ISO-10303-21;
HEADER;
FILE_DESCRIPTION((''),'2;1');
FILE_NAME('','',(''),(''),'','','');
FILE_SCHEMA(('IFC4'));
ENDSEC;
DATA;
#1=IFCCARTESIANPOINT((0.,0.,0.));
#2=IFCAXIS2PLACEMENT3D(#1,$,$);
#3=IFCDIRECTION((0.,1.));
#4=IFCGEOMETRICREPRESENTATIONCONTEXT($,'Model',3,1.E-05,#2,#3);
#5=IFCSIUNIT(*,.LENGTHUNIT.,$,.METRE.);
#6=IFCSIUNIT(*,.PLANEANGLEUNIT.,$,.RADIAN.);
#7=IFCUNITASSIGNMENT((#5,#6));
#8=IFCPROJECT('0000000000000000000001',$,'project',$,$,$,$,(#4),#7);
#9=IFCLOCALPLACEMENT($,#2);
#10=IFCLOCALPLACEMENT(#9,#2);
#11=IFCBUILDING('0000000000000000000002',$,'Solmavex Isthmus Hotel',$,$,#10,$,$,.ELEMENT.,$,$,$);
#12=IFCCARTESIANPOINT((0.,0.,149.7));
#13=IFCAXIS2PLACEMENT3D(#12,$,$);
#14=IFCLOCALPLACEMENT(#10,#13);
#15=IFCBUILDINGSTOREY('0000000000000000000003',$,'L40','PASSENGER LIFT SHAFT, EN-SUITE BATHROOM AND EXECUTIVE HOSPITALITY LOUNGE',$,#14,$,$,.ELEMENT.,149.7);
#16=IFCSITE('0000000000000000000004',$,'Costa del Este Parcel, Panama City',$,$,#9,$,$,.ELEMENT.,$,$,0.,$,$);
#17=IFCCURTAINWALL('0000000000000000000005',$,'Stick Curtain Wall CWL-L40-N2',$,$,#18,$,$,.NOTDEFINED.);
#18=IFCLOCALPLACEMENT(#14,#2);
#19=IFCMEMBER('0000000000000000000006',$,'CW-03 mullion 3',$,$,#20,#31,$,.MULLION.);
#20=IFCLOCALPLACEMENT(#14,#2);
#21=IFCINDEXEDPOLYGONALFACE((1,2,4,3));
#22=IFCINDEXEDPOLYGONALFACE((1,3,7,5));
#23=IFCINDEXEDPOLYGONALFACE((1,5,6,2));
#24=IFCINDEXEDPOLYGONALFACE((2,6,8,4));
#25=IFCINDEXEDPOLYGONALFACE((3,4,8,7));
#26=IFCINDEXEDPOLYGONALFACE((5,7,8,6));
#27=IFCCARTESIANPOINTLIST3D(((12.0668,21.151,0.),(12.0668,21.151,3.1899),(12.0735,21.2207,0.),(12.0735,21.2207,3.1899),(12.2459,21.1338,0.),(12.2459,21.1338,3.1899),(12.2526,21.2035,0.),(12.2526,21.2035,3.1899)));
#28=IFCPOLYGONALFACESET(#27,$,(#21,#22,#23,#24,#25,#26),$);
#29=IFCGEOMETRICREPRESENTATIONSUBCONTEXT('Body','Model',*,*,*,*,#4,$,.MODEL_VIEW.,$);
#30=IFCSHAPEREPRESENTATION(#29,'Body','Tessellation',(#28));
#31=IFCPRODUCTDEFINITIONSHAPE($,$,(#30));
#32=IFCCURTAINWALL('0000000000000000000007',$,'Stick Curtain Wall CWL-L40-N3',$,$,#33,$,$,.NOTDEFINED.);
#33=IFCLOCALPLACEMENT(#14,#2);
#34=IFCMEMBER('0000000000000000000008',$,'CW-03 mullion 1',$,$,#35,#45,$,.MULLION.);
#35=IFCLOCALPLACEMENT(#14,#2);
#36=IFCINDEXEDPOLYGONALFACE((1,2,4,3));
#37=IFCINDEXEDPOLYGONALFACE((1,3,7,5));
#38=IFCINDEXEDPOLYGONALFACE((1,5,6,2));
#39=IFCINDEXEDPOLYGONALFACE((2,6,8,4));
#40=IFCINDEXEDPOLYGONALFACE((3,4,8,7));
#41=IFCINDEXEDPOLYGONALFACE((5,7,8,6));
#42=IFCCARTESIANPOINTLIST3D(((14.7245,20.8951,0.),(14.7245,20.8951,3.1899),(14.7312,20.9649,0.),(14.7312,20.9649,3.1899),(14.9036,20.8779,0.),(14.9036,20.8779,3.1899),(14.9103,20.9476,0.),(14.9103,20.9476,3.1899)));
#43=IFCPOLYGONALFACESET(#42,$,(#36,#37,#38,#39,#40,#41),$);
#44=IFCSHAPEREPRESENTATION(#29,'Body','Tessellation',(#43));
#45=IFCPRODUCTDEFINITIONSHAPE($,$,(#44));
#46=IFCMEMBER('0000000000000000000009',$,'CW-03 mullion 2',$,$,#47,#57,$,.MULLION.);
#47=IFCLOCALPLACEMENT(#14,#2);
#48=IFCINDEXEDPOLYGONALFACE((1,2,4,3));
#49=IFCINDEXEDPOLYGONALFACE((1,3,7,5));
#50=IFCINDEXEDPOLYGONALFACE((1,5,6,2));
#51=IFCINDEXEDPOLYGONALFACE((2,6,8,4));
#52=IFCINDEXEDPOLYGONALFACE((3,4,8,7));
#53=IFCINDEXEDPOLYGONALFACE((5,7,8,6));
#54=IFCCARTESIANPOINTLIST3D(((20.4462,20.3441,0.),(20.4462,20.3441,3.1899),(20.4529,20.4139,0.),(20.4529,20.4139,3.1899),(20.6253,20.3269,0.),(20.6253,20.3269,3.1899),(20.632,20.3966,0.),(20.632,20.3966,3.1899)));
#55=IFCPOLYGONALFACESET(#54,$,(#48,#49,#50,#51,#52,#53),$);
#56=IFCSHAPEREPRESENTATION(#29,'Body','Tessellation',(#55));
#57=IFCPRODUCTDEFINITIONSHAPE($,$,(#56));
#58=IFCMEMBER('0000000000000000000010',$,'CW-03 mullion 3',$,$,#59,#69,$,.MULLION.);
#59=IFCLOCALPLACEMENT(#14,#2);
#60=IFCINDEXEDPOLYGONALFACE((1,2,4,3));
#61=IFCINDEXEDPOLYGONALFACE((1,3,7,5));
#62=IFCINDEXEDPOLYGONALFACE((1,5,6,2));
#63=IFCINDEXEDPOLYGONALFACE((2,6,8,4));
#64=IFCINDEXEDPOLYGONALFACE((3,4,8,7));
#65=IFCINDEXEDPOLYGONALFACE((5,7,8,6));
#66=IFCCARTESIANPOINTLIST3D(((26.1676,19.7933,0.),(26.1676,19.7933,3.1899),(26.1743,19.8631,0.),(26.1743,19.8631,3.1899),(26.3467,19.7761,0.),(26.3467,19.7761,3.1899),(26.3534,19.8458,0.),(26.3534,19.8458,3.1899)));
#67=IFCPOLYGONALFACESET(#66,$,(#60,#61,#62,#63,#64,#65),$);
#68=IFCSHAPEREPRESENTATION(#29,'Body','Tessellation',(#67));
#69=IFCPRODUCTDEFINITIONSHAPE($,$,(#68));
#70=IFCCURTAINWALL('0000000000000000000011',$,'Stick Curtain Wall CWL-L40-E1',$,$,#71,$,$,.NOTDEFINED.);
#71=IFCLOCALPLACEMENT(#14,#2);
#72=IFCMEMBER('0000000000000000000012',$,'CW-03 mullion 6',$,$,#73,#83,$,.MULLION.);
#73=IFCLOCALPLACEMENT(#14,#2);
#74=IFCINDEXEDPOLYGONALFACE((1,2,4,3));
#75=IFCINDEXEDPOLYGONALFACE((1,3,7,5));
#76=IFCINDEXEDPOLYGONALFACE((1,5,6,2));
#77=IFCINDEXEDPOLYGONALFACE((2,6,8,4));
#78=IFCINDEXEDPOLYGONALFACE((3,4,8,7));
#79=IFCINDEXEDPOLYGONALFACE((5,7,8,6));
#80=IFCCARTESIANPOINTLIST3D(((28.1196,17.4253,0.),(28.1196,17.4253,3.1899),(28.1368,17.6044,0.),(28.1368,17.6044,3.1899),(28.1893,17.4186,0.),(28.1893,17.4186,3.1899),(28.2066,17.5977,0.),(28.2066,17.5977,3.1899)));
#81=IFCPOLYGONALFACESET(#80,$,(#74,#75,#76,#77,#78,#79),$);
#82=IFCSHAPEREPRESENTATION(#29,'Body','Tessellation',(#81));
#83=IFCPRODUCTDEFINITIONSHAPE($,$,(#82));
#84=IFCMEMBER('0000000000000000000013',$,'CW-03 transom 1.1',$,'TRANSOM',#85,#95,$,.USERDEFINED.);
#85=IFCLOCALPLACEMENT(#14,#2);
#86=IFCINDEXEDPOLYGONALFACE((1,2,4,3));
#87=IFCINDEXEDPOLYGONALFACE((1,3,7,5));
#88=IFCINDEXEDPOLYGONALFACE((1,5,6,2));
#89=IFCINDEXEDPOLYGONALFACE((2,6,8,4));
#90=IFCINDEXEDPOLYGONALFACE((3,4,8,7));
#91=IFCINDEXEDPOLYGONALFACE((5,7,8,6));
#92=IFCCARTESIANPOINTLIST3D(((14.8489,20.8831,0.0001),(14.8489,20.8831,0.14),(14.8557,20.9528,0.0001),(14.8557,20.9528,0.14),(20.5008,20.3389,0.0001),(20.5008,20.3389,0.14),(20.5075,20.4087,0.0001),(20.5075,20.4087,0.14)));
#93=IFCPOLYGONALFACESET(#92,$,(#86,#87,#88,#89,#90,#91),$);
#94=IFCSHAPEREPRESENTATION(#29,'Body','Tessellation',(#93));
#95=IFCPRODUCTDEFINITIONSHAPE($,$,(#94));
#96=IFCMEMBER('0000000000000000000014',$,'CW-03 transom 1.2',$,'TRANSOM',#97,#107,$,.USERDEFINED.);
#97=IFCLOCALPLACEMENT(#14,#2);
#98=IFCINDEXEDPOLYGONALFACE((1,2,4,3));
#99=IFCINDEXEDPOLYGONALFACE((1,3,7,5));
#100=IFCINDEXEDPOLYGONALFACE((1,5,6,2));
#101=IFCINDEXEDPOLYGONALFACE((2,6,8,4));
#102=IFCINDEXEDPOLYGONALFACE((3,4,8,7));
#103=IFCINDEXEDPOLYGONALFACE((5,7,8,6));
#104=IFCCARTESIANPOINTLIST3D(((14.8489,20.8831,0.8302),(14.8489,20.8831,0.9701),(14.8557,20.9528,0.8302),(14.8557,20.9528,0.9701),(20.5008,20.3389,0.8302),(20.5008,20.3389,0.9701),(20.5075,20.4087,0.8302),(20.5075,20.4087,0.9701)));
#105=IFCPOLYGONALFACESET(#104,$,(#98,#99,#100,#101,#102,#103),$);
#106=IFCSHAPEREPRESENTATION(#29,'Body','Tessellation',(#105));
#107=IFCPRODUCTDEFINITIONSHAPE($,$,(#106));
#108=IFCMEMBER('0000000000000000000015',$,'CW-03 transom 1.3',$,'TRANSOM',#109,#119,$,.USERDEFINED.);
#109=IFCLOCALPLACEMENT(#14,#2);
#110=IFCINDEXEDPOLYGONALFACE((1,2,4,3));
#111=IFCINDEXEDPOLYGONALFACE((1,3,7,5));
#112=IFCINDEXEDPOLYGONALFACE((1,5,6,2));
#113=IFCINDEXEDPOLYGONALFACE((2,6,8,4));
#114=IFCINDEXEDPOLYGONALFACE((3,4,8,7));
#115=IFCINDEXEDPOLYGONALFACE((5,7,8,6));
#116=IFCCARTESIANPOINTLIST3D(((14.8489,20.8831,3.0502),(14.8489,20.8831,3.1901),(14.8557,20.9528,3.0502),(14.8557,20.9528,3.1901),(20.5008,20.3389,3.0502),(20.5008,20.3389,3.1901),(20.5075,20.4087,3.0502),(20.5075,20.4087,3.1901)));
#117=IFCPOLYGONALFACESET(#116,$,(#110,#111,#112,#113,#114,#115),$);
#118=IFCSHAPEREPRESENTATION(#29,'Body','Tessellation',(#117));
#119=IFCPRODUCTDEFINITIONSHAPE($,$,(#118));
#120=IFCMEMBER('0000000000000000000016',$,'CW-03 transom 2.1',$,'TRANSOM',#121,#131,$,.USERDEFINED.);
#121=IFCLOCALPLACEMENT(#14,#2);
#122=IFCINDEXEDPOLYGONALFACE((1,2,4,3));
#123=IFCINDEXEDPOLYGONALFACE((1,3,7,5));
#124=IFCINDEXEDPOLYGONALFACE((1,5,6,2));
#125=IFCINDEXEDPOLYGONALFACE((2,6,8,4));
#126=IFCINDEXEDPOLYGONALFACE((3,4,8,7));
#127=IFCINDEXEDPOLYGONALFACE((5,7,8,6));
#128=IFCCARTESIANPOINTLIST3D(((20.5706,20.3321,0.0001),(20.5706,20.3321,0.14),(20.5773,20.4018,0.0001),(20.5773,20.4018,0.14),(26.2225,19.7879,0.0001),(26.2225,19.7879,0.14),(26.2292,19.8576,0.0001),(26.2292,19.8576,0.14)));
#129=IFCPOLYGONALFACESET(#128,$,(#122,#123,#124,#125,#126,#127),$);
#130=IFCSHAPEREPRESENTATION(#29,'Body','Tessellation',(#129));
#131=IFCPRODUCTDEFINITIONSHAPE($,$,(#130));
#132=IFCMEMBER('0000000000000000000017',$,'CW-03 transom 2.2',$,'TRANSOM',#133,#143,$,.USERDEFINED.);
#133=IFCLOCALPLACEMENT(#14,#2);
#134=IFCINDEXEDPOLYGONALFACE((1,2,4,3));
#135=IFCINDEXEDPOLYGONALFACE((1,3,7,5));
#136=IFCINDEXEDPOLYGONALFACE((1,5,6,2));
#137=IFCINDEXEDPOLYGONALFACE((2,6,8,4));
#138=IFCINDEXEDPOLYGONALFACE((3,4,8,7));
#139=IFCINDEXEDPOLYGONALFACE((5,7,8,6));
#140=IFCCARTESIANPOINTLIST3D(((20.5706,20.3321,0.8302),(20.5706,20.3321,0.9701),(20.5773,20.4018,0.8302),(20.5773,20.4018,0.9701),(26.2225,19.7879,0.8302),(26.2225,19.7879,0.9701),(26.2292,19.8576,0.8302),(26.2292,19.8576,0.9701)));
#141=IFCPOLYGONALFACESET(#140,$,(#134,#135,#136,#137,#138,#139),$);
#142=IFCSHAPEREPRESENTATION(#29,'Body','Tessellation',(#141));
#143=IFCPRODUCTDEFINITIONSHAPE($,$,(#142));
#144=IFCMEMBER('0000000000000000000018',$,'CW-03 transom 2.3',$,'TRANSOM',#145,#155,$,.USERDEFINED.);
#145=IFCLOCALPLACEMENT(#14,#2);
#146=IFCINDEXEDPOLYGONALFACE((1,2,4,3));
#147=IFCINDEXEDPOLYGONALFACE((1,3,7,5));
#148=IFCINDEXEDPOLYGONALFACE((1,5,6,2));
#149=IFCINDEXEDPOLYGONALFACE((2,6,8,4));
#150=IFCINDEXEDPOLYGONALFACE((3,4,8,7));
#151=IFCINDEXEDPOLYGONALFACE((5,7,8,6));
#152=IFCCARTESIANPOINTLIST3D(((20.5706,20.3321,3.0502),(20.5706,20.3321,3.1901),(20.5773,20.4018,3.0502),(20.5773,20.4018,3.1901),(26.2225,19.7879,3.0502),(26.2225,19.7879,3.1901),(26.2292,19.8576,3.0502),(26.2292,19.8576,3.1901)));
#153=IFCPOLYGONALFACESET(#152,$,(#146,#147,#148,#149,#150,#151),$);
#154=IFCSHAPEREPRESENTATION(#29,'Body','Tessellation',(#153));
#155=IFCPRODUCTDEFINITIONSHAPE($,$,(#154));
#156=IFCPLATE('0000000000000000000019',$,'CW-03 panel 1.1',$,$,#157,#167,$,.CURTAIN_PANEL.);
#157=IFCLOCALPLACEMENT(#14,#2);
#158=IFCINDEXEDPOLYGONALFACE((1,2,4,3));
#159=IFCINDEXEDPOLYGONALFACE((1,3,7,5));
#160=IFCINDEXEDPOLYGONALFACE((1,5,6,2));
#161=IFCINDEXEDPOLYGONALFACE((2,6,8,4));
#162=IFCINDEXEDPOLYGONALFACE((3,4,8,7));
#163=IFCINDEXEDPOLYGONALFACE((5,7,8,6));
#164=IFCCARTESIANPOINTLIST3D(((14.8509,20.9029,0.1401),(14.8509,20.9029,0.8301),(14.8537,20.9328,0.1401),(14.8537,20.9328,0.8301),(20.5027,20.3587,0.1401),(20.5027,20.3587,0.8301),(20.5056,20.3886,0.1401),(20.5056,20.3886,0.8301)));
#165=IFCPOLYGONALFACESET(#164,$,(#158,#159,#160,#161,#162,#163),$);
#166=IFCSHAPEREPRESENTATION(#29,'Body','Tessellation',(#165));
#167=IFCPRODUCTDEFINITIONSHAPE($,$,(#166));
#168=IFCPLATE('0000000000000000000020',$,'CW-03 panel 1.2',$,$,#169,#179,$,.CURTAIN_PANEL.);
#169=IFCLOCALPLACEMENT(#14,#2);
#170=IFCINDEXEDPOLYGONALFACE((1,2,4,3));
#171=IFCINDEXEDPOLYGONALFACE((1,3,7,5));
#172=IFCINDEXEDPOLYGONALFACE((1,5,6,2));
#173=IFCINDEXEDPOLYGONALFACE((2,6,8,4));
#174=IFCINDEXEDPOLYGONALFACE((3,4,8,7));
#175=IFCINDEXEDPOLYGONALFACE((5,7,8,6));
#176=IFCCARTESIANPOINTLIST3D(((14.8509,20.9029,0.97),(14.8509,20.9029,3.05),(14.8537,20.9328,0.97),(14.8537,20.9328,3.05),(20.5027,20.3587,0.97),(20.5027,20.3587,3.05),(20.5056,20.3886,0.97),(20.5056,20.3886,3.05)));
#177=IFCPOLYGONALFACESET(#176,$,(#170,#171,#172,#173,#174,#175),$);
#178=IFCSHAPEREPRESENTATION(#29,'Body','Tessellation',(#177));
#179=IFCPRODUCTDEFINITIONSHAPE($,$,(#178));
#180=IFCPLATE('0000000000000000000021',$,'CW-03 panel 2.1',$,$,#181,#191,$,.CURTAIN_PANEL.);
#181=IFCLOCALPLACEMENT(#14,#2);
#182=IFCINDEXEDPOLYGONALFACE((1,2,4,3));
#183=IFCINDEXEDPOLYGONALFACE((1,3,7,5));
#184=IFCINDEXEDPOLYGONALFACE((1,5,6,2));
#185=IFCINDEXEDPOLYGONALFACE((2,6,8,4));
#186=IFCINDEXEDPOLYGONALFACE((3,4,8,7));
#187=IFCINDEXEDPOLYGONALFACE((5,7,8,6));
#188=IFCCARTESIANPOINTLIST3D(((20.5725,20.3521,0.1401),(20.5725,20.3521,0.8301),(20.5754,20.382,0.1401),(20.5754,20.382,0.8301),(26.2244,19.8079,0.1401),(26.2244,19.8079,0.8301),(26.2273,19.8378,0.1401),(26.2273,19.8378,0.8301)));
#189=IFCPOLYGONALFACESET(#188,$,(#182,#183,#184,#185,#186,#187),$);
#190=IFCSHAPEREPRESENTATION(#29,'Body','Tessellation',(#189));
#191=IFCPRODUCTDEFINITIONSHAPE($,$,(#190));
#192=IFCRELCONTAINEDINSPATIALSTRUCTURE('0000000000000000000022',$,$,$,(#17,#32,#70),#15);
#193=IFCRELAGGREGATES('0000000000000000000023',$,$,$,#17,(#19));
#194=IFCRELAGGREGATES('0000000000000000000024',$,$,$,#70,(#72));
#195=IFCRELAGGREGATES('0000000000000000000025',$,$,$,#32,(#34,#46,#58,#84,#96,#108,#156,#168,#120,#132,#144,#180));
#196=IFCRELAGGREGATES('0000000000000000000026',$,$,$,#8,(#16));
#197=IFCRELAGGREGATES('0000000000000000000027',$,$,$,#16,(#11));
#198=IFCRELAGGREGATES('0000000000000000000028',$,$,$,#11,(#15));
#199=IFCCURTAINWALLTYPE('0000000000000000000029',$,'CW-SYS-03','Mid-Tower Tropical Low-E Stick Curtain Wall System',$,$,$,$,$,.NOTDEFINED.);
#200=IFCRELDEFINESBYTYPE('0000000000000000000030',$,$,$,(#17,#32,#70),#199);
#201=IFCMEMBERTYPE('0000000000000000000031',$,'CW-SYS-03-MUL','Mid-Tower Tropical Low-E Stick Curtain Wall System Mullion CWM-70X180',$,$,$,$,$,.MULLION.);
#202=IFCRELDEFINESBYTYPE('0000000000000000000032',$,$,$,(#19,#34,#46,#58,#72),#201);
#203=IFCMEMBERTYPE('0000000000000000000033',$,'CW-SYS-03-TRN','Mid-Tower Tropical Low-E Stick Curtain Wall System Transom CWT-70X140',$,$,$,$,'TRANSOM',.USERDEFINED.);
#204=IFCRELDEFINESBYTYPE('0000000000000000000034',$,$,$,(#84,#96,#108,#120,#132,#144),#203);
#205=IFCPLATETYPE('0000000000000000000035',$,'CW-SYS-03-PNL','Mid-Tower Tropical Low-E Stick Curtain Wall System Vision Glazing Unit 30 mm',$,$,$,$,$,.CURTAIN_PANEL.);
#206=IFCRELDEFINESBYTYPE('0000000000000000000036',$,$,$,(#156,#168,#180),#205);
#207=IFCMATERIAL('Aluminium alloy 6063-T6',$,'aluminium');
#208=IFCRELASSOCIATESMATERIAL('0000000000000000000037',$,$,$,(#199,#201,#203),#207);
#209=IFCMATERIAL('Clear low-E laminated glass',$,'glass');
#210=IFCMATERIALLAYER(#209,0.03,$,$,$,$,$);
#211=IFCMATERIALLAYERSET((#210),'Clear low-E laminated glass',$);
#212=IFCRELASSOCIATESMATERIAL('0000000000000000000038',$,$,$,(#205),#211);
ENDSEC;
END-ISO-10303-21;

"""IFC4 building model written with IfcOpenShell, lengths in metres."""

from ifc_helpers import new_model, si_unit, direction, frame, origin, origin_2d, place, context, subcontext, project, spatial, rectangle, extrude, material, layer, layer_set, material_profile, profile_set, type_object, element, aggregate, save


model = new_model("IFC4")

# Units and contexts
model_context = context("Model", 3, precision=1e-05, world=origin(), true_north=direction((0.0, 1.0)))
body_context = subcontext(model_context, "Body", "Model", "MODEL_VIEW")
ifc_project = project(units=[si_unit("LENGTHUNIT", "METRE"), si_unit("PLANEANGLEUNIT", "RADIAN")], contexts=[model_context])

# Site, building, storey
site_placement = place(None, origin())
site = spatial("IfcSite", under=ifc_project, at=site_placement, Name="Costa del Este Parcel, Panama City", CompositionType="ELEMENT", RefElevation=0.0)
building_placement = place(site_placement, origin())
building = spatial("IfcBuilding", under=site, at=building_placement, Name="Solmavex Isthmus Hotel", CompositionType="ELEMENT")
storey_placement = place(building_placement, frame((0.0, 0.0, 149.7)))
storey = spatial("IfcBuildingStorey", under=building, at=storey_placement, Name="L40", Description="PASSENGER LIFT SHAFT, EN-SUITE BATHROOM AND EXECUTIVE HOSPITALITY LOUNGE", CompositionType="ELEMENT", Elevation=149.7)

# Curtain wall, member
ifc_material_1 = material(Name="Aluminium alloy 6063-T6", Category="aluminium")
curtain_wall_type = type_object("IfcCurtainWallType", Name="CW-SYS-03", Description="Mid-Tower Tropical Low-E Stick Curtain Wall System", PredefinedType="NOTDEFINED", material=ifc_material_1)
curtain_wall_1_placement = place(storey_placement, origin())
curtain_wall_1 = element("IfcCurtainWall", 1, at=curtain_wall_1_placement, inside=storey, type_object=curtain_wall_type, Name="Stick Curtain Wall CWL-L40-N2", PredefinedType="NOTDEFINED")
ifc_material_profile_1 = material_profile(ifc_material_1, rectangle(XDim=0.0701, YDim=0.1799, at=origin_2d()), Name="CWM-70X180")
ifc_profile_set_1 = profile_set([ifc_material_profile_1], Name="Aluminium alloy 6063-T6")
member_type_1 = type_object("IfcMemberType", Name="CW-SYS-03-MUL", Description="Mid-Tower Tropical Low-E Stick Curtain Wall System Mullion CWM-70X180", PredefinedType="MULLION", material=ifc_profile_set_1)
member_1_placement = place(storey_placement, frame((12.1597, 21.1772, 0.0), z_axis=(0.0, 0.0, 1.0), x_axis=(0.095845, 0.995396, 0.0)))
member_1 = element("IfcMember", 2, at=member_1_placement, type_object=member_type_1, Name="CW-03 mullion 3", PredefinedType="MULLION", context=body_context, shape_type="SweptSolid", body=[
    extrude(rectangle(XDim=0.0701, YDim=0.1799, at=origin_2d()), origin(), (0.0, 0.0, 1.0), 3.1899),
])
aggregate(curtain_wall_1, [member_1])

# Curtain wall, members
curtain_wall_2_placement = place(storey_placement, origin())
curtain_wall_2 = element("IfcCurtainWall", 3, at=curtain_wall_2_placement, inside=storey, type_object=curtain_wall_type, Name="Stick Curtain Wall CWL-L40-N3", PredefinedType="NOTDEFINED")
member_2_placement = place(storey_placement, frame((14.8174, 20.9214, 0.0), z_axis=(0.0, 0.0, 1.0), x_axis=(0.095846, 0.995396, 0.0)))
member_2 = element("IfcMember", 4, at=member_2_placement, type_object=member_type_1, Name="CW-03 mullion 1", PredefinedType="MULLION", context=body_context, shape_type="SweptSolid", body=[
    extrude(rectangle(XDim=0.0701, YDim=0.1799, at=origin_2d()), origin(), (0.0, 0.0, 1.0), 3.1899),
])
member_3_placement = place(storey_placement, frame((20.5391, 20.3704, 0.0), z_axis=(0.0, 0.0, 1.0), x_axis=(0.095846, 0.995396, 0.0)))
member_3 = element("IfcMember", 5, at=member_3_placement, type_object=member_type_1, Name="CW-03 mullion 2", PredefinedType="MULLION", context=body_context, shape_type="SweptSolid", body=[
    extrude(rectangle(XDim=0.0701, YDim=0.1799, at=origin_2d()), origin(), (0.0, 0.0, 1.0), 3.1899),
])
member_4_placement = place(storey_placement, frame((26.2605, 19.8196, 0.0), z_axis=(0.0, 0.0, 1.0), x_axis=(0.095846, 0.995396, 0.0)))
member_4 = element("IfcMember", 6, at=member_4_placement, type_object=member_type_1, Name="CW-03 mullion 3", PredefinedType="MULLION", context=body_context, shape_type="SweptSolid", body=[
    extrude(rectangle(XDim=0.0701, YDim=0.1799, at=origin_2d()), origin(), (0.0, 0.0, 1.0), 3.1899),
])

# Curtain wall, member
curtain_wall_3_placement = place(storey_placement, origin())
curtain_wall_3 = element("IfcCurtainWall", 7, at=curtain_wall_3_placement, inside=storey, type_object=curtain_wall_type, Name="Stick Curtain Wall CWL-L40-E1", PredefinedType="NOTDEFINED")
member_5_placement = place(storey_placement, frame((28.1631, 17.5115, 0.0), z_axis=(0.0, 0.0, 1.0), x_axis=(-0.995396, 0.095846, 0.0)))
member_5 = element("IfcMember", 8, at=member_5_placement, type_object=member_type_1, Name="CW-03 mullion 6", PredefinedType="MULLION", context=body_context, shape_type="SweptSolid", body=[
    extrude(rectangle(XDim=0.0701, YDim=0.1799, at=origin_2d()), origin(), (0.0, 0.0, 1.0), 3.1899),
])
aggregate(curtain_wall_3, [member_5])

# Members
ifc_material_profile_2 = material_profile(ifc_material_1, rectangle(XDim=0.0701, YDim=0.1399, at=origin_2d()), Name="CWT-70X140")
ifc_profile_set_2 = profile_set([ifc_material_profile_2], Name="Aluminium alloy 6063-T6")
member_type_2 = type_object("IfcMemberType", Name="CW-SYS-03-TRN", Description="Mid-Tower Tropical Low-E Stick Curtain Wall System Transom CWT-70X140", ElementType="TRANSOM", PredefinedType="USERDEFINED", material=ifc_profile_set_2)
member_6_placement = place(storey_placement, frame((14.8523, 20.918, 0.0701), z_axis=(0.995397, -0.095842, 0.0), x_axis=(0.095842, 0.995397, 0.0)))
member_6 = element("IfcMember", 9, at=member_6_placement, type_object=member_type_2, Name="CW-03 transom 1.1", ObjectType="TRANSOM", PredefinedType="USERDEFINED", context=body_context, shape_type="SweptSolid", body=[
    extrude(rectangle(XDim=0.0701, YDim=0.1399, at=origin_2d()), origin(), (0.0, 0.0, 1.0), 5.678),
])
member_7_placement = place(storey_placement, frame((14.8523, 20.918, 0.9001), z_axis=(0.995397, -0.095842, 0.0), x_axis=(0.095842, 0.995397, 0.0)))
member_7 = element("IfcMember", 10, at=member_7_placement, type_object=member_type_2, Name="CW-03 transom 1.2", ObjectType="TRANSOM", PredefinedType="USERDEFINED", context=body_context, shape_type="SweptSolid", body=[
    extrude(rectangle(XDim=0.0701, YDim=0.1399, at=origin_2d()), origin(), (0.0, 0.0, 1.0), 5.678),
])
member_8_placement = place(storey_placement, frame((14.8523, 20.918, 3.1201), z_axis=(0.995397, -0.095842, 0.0), x_axis=(0.095842, 0.995397, 0.0)))
member_8 = element("IfcMember", 11, at=member_8_placement, type_object=member_type_2, Name="CW-03 transom 1.3", ObjectType="TRANSOM", PredefinedType="USERDEFINED", context=body_context, shape_type="SweptSolid", body=[
    extrude(rectangle(XDim=0.0701, YDim=0.1399, at=origin_2d()), origin(), (0.0, 0.0, 1.0), 5.678),
])
member_9_placement = place(storey_placement, frame((20.574, 20.3669, 0.0701), z_axis=(0.995397, -0.095842, 0.0), x_axis=(0.095842, 0.995397, 0.0)))
member_9 = element("IfcMember", 12, at=member_9_placement, type_object=member_type_2, Name="CW-03 transom 2.1", ObjectType="TRANSOM", PredefinedType="USERDEFINED", context=body_context, shape_type="SweptSolid", body=[
    extrude(rectangle(XDim=0.0701, YDim=0.1399, at=origin_2d()), origin(), (0.0, 0.0, 1.0), 5.678),
])
member_10_placement = place(storey_placement, frame((20.574, 20.3669, 0.9001), z_axis=(0.995397, -0.095842, 0.0), x_axis=(0.095842, 0.995397, 0.0)))
member_10 = element("IfcMember", 13, at=member_10_placement, type_object=member_type_2, Name="CW-03 transom 2.2", ObjectType="TRANSOM", PredefinedType="USERDEFINED", context=body_context, shape_type="SweptSolid", body=[
    extrude(rectangle(XDim=0.0701, YDim=0.1399, at=origin_2d()), origin(), (0.0, 0.0, 1.0), 5.678),
])
member_11_placement = place(storey_placement, frame((20.574, 20.3669, 3.1201), z_axis=(0.995397, -0.095842, 0.0), x_axis=(0.095842, 0.995397, 0.0)))
member_11 = element("IfcMember", 14, at=member_11_placement, type_object=member_type_2, Name="CW-03 transom 2.3", ObjectType="TRANSOM", PredefinedType="USERDEFINED", context=body_context, shape_type="SweptSolid", body=[
    extrude(rectangle(XDim=0.0701, YDim=0.1399, at=origin_2d()), origin(), (0.0, 0.0, 1.0), 5.678),
])

# Plates
ifc_material_2 = material(Name="Clear low-E laminated glass", Category="glass")
ifc_layer_1 = layer(ifc_material_2, 0.03)
ifc_layer_set_1 = layer_set([ifc_layer_1], Name="Clear low-E laminated glass")
plate_type = type_object("IfcPlateType", Name="CW-SYS-03-PNL", Description="Mid-Tower Tropical Low-E Stick Curtain Wall System Vision Glazing Unit 30 mm", PredefinedType="CURTAIN_PANEL", material=ifc_layer_set_1)
plate_1_placement = place(storey_placement, frame((17.6782, 20.6458, 0.1401), z_axis=(0.0, 0.0, 1.0), x_axis=(0.995396, -0.095846, 0.0)))
plate_1 = element("IfcPlate", 15, at=plate_1_placement, type_object=plate_type, Name="CW-03 panel 1.1", PredefinedType="CURTAIN_PANEL", context=body_context, shape_type="SweptSolid", body=[
    extrude(rectangle(XDim=5.678, YDim=0.03, at=origin_2d()), origin(), (0.0, 0.0, 1.0), 0.6899),
])
plate_2_placement = place(storey_placement, frame((17.6782, 20.6458, 0.97), z_axis=(0.0, 0.0, 1.0), x_axis=(0.995396, -0.095846, 0.0)))
plate_2 = element("IfcPlate", 16, at=plate_2_placement, type_object=plate_type, Name="CW-03 panel 1.2", PredefinedType="CURTAIN_PANEL", context=body_context, shape_type="SweptSolid", body=[
    extrude(rectangle(XDim=5.678, YDim=0.03, at=origin_2d()), origin(), (0.0, 0.0, 1.0), 2.0801),
])
plate_3_placement = place(storey_placement, frame((23.3999, 20.095, 0.1401), z_axis=(0.0, 0.0, 1.0), x_axis=(0.995396, -0.095846, 0.0)))
plate_3 = element("IfcPlate", 17, at=plate_3_placement, type_object=plate_type, Name="CW-03 panel 2.1", PredefinedType="CURTAIN_PANEL", context=body_context, shape_type="SweptSolid", body=[
    extrude(rectangle(XDim=5.678, YDim=0.03, at=origin_2d()), origin(), (0.0, 0.0, 1.0), 0.6899),
])
aggregate(curtain_wall_2, [member_2, member_3, member_4, member_6, member_7, member_8, plate_1, plate_2, member_9, member_10, member_11, plate_3])

save(model, "model.ifc")
